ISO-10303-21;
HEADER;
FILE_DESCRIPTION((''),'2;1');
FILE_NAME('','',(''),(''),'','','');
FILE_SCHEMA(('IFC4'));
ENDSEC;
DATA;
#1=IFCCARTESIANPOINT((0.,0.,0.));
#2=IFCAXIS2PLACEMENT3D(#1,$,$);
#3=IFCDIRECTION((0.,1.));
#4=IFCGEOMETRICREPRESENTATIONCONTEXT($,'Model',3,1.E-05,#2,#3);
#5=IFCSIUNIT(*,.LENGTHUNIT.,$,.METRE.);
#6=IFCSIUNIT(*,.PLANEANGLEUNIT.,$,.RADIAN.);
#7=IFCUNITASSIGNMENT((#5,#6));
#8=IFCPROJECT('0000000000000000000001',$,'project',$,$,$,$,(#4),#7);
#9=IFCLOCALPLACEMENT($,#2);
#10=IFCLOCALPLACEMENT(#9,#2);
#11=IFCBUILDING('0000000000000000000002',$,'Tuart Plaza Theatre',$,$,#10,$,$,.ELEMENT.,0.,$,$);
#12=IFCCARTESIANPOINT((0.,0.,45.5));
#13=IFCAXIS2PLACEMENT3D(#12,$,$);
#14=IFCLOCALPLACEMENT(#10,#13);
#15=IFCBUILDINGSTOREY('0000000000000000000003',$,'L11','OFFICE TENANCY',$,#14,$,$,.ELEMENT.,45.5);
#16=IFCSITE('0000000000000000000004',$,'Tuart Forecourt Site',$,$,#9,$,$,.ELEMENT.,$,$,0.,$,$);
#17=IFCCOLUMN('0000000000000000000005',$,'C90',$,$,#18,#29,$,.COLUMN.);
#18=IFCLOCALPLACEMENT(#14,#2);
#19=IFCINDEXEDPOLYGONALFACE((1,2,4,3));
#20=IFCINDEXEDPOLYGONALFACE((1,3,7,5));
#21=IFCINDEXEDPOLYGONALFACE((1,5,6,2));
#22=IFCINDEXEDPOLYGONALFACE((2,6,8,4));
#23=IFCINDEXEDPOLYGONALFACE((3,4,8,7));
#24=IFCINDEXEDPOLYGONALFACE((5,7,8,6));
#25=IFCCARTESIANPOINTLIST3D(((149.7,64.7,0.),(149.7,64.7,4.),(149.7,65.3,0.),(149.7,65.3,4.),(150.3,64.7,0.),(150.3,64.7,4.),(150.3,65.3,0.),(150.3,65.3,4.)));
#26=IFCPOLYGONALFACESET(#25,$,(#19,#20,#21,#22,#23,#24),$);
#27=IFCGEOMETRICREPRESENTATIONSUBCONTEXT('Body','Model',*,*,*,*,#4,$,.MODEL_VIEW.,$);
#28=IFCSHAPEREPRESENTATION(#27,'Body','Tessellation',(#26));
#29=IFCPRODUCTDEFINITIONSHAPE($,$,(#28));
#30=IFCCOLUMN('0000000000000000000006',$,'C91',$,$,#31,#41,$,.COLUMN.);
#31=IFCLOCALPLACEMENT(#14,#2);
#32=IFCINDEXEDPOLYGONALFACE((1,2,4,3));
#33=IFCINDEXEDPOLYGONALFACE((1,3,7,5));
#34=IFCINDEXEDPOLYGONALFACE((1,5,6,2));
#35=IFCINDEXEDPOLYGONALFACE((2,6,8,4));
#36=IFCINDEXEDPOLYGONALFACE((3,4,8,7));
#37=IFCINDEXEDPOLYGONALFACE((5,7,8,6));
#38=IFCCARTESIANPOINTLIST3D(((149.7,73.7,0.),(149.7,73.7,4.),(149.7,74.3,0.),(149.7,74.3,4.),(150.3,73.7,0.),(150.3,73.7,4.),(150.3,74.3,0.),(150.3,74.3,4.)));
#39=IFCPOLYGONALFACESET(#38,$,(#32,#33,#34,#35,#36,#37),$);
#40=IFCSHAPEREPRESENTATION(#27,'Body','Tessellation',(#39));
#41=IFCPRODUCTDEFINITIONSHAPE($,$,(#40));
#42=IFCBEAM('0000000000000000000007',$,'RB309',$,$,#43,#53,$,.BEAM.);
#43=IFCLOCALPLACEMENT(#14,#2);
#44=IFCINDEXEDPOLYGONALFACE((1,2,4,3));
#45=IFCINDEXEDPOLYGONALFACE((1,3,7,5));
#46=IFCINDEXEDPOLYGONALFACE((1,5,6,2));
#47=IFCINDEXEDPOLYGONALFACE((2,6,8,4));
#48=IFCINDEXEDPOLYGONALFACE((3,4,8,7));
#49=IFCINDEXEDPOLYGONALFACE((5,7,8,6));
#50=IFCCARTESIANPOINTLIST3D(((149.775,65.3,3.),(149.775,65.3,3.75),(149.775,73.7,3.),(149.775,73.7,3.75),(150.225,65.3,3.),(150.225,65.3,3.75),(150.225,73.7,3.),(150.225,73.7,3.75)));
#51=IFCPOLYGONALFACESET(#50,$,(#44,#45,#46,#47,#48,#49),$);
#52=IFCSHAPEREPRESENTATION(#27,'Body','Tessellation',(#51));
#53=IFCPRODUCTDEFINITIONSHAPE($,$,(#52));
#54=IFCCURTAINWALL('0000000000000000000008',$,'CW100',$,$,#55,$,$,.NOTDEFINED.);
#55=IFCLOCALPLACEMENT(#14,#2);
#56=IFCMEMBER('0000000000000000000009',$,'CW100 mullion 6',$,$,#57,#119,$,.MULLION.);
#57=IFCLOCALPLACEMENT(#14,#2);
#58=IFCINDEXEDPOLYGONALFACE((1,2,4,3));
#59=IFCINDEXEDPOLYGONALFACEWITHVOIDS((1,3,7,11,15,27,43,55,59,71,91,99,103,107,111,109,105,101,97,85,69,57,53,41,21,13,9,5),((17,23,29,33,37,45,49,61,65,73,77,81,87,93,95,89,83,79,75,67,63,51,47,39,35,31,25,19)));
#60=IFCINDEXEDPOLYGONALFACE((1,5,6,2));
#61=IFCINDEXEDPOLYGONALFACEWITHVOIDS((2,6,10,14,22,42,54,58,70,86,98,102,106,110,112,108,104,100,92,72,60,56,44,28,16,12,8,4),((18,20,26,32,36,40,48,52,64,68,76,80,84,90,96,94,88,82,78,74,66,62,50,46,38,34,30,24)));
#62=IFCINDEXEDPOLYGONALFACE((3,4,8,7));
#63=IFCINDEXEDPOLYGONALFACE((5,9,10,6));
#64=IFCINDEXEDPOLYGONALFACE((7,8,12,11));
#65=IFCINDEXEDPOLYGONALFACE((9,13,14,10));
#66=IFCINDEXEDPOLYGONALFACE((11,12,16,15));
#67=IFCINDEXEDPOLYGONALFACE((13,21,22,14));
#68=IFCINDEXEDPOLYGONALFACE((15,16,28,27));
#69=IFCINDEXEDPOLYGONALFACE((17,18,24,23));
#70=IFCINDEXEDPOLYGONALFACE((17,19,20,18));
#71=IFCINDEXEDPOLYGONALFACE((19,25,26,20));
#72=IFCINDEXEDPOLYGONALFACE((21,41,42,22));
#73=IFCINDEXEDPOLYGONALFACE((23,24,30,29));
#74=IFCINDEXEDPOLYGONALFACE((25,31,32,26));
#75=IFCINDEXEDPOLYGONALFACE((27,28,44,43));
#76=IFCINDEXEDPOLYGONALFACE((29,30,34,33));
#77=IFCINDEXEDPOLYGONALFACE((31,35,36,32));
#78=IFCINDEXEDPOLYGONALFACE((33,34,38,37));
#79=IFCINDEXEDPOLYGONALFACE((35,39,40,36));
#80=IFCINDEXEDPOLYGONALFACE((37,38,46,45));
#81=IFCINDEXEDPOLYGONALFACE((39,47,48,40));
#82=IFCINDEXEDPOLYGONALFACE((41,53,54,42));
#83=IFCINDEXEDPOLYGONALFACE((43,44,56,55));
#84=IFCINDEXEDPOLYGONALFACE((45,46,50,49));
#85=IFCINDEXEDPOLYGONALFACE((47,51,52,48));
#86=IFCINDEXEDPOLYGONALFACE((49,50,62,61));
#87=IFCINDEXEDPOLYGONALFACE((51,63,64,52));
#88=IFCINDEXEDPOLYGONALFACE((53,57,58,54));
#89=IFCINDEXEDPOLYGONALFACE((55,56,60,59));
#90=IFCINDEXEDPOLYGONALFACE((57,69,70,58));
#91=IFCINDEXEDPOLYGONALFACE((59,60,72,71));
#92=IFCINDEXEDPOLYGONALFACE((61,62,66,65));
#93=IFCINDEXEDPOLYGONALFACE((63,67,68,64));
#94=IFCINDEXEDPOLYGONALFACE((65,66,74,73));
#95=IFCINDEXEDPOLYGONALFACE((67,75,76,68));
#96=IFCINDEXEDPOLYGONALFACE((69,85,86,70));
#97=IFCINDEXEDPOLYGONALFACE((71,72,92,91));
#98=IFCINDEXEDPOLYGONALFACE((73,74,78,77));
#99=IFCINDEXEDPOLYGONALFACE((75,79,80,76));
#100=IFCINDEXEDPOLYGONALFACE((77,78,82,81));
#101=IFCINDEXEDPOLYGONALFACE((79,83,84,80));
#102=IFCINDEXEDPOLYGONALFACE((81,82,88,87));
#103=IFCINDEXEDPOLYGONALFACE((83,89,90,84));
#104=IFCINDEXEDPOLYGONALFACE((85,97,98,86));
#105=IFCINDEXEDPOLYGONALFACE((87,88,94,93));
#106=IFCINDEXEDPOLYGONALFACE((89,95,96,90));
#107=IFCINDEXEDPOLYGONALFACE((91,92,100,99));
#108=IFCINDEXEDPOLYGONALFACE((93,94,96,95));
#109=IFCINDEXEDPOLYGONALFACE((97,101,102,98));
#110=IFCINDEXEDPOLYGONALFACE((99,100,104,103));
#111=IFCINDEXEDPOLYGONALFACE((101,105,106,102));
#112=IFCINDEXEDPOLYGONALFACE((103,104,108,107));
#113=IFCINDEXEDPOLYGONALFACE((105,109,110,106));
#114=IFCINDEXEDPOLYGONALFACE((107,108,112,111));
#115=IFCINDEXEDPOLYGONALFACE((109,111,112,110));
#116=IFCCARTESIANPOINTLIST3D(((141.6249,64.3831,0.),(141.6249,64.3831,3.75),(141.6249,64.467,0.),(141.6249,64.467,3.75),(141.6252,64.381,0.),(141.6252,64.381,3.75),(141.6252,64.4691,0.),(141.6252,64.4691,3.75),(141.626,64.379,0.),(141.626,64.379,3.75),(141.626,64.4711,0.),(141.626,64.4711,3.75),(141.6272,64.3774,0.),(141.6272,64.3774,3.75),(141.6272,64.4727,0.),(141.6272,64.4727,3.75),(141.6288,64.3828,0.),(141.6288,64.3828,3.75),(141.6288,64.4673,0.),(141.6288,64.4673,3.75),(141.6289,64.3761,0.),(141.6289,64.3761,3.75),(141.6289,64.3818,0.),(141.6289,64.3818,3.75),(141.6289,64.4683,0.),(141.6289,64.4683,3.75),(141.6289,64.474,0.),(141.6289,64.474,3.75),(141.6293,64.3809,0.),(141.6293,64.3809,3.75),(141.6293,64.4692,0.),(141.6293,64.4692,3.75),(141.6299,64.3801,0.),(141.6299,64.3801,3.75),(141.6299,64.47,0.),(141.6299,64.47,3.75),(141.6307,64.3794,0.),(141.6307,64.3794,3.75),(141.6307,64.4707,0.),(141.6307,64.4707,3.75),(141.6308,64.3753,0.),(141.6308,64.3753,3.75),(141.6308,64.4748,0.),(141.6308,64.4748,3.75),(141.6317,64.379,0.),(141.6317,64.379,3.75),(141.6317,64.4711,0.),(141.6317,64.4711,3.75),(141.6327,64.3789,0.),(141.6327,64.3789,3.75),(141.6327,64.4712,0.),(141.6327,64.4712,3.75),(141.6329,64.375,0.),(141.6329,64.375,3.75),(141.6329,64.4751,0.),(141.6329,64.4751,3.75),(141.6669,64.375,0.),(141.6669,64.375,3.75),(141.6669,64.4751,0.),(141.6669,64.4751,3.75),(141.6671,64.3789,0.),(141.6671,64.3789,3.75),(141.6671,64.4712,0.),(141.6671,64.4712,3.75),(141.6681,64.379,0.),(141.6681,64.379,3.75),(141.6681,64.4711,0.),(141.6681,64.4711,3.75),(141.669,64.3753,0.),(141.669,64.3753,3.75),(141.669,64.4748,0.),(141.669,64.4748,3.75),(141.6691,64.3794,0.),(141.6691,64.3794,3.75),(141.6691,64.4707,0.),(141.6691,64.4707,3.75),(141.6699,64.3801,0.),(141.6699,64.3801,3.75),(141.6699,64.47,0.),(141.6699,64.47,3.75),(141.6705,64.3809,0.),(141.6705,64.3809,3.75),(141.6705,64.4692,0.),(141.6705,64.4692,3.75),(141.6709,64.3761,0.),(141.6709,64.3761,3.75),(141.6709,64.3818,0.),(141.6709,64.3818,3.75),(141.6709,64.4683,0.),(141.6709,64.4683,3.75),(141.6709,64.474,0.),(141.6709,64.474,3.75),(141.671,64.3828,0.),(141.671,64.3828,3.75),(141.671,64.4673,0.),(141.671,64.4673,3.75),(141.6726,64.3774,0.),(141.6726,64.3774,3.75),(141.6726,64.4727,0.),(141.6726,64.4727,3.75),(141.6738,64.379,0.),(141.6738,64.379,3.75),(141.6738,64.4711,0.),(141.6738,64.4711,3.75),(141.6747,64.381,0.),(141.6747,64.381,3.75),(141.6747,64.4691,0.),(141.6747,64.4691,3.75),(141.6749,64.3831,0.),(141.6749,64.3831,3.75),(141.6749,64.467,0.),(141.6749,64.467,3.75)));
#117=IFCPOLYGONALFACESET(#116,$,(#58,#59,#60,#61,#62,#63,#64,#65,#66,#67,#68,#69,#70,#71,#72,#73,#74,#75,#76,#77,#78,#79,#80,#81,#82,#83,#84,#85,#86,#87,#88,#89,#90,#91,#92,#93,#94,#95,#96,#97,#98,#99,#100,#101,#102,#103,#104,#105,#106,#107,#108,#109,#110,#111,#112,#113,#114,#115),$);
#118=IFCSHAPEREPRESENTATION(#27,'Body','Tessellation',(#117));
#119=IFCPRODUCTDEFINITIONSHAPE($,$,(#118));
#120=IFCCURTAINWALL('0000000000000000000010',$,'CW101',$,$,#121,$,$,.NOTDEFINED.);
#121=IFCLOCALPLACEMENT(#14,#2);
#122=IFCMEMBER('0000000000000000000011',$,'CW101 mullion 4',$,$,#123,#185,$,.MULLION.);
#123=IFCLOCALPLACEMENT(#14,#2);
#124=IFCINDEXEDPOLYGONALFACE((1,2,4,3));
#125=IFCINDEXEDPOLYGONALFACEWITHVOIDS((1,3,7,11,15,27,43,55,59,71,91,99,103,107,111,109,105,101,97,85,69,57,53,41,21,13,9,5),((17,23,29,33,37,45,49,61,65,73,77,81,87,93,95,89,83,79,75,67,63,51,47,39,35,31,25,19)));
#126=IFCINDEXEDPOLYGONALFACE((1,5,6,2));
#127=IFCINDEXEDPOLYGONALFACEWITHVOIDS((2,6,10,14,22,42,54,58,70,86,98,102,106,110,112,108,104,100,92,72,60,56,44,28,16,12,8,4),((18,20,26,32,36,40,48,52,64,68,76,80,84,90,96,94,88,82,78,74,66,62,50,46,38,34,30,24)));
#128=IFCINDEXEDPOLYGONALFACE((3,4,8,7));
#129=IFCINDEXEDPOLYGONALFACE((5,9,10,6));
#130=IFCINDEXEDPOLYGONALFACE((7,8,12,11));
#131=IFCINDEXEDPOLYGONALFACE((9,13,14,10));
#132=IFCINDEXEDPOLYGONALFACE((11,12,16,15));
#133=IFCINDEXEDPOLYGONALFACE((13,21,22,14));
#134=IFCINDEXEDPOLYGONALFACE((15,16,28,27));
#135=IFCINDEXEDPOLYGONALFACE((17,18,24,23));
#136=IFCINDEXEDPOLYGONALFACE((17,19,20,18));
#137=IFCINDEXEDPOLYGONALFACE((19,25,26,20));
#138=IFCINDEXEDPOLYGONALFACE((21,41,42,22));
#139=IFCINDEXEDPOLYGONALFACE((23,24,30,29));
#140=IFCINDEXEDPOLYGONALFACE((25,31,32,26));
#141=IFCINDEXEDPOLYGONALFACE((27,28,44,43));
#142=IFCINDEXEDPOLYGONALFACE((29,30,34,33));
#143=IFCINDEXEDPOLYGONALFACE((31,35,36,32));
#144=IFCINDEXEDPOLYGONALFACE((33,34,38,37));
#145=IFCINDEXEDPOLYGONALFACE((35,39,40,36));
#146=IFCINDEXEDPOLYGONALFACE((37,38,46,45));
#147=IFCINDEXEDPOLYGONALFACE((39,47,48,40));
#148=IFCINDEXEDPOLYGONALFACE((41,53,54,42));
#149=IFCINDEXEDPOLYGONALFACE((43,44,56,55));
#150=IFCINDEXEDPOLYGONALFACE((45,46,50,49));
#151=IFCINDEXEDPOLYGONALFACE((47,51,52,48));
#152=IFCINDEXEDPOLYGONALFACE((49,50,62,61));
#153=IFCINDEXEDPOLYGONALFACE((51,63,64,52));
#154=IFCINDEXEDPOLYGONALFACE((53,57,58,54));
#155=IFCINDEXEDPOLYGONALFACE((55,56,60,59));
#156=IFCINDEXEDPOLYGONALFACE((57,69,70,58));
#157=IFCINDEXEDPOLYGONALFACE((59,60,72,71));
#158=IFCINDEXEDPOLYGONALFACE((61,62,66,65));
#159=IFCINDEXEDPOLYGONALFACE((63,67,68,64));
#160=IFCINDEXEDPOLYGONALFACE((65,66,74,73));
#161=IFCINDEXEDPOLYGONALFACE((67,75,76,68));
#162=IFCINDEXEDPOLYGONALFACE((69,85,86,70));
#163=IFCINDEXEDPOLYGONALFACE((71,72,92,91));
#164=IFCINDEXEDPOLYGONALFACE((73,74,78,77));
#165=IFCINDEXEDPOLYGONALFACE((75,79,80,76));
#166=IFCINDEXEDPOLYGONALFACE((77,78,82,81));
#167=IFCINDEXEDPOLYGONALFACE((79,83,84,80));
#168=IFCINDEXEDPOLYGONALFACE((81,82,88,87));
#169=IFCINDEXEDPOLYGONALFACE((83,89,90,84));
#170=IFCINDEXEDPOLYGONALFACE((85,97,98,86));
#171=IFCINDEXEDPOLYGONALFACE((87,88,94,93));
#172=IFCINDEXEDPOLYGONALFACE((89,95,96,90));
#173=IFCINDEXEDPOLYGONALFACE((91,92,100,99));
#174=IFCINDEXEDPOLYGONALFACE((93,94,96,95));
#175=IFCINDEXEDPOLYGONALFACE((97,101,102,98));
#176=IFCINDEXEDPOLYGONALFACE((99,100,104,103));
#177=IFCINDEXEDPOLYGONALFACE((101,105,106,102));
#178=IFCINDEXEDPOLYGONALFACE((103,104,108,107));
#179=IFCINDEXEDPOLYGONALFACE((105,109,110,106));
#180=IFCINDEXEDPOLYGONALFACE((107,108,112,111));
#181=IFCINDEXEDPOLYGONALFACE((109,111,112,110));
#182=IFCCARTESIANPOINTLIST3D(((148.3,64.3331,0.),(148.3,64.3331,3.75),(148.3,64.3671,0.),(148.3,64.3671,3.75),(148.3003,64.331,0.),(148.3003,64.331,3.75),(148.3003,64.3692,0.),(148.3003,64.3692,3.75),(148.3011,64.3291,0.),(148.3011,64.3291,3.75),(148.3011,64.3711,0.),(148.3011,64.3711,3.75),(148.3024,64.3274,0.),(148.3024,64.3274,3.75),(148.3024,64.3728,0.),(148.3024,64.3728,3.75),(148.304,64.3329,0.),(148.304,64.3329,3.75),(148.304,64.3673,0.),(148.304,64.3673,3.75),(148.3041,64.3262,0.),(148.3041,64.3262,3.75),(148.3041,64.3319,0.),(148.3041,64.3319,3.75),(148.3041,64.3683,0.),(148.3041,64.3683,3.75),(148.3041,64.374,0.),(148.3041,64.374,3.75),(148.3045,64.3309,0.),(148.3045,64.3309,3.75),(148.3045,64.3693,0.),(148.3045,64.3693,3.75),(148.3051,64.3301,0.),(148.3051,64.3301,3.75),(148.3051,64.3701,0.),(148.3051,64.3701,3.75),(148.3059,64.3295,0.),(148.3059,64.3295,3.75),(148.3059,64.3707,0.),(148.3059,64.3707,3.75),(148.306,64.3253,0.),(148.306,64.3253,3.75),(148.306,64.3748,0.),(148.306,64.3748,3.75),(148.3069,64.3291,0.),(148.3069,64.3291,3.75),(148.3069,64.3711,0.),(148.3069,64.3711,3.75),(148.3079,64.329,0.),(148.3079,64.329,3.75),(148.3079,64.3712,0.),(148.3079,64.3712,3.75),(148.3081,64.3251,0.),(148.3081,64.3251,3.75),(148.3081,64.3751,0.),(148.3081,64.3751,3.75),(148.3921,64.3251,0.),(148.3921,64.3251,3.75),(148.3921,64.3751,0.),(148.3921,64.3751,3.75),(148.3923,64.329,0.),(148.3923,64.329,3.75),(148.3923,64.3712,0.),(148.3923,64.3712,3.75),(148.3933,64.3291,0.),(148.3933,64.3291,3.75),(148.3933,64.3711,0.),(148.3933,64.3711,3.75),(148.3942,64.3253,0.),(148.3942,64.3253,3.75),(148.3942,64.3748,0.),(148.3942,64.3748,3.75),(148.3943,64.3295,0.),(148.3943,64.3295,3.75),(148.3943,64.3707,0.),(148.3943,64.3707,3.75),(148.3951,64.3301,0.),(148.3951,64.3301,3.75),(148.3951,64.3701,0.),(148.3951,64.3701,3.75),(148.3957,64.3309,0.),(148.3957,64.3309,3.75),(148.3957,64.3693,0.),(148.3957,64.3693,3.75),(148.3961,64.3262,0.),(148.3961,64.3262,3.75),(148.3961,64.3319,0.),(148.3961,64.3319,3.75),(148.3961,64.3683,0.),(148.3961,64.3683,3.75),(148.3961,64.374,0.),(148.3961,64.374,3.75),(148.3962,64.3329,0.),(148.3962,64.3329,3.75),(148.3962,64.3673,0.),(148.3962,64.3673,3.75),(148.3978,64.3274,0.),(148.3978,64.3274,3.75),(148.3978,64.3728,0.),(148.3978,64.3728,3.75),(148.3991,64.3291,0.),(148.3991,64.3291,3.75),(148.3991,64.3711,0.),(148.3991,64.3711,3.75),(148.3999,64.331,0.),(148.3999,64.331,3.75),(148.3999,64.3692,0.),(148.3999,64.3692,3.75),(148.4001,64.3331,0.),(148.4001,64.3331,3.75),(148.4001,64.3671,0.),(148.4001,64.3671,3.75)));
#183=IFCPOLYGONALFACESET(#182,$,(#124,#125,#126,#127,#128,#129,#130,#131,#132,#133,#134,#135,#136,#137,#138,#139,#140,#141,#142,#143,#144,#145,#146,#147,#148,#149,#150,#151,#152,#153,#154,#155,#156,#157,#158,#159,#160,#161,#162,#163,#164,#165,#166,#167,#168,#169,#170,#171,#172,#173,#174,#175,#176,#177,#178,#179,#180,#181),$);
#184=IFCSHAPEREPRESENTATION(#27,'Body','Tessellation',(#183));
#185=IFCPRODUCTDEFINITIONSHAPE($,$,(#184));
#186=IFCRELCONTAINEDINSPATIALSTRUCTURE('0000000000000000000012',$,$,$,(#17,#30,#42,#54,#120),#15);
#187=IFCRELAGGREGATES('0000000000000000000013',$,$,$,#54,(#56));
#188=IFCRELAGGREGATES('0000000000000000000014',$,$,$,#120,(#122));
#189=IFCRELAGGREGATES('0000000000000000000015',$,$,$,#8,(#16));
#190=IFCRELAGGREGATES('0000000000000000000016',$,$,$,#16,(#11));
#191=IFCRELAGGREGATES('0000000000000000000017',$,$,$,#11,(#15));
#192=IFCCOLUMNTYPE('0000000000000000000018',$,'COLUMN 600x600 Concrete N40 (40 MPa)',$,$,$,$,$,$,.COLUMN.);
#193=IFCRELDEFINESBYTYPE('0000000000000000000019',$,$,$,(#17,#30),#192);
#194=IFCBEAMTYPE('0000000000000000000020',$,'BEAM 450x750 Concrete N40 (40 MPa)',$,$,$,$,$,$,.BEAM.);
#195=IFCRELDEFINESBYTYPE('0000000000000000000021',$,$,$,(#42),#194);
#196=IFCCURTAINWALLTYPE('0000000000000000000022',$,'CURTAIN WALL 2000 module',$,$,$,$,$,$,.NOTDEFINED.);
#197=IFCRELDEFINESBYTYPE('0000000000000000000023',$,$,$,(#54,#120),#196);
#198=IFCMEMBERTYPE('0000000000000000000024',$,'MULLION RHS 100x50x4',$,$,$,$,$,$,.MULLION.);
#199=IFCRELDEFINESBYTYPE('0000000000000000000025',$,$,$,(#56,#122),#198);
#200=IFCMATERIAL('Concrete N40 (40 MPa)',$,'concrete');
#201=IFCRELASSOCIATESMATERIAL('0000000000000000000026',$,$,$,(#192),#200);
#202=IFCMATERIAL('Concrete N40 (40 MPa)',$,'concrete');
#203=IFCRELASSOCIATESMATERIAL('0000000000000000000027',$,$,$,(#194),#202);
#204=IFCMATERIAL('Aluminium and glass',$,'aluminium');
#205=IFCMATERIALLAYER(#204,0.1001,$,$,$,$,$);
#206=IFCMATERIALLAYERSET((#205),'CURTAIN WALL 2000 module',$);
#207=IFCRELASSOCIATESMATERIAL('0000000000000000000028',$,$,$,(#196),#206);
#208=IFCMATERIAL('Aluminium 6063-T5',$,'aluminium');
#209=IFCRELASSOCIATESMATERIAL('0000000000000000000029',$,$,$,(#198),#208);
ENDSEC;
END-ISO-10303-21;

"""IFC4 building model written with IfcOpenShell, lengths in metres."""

from ifc_helpers import new_model, si_unit, direction, frame, origin, origin_2d, place, context, subcontext, project, spatial, rectangle, hollow_rectangle, extrude, material, layer, layer_set, material_profile, profile_set, type_object, element, aggregate, save


model = new_model("IFC4")

# Units and contexts
model_context = context("Model", 3, precision=1e-05, world=origin(), true_north=direction((0.0, 1.0)))
body_context = subcontext(model_context, "Body", "Model", "MODEL_VIEW")
ifc_project = project(units=[si_unit("LENGTHUNIT", "METRE"), si_unit("PLANEANGLEUNIT", "RADIAN")], contexts=[model_context])

# Site, building, storey
site_placement = place(None, origin())
site = spatial("IfcSite", under=ifc_project, at=site_placement, Name="Tuart Forecourt Site", CompositionType="ELEMENT", RefElevation=0.0)
building_placement = place(site_placement, origin())
building = spatial("IfcBuilding", under=site, at=building_placement, Name="Tuart Plaza Theatre", CompositionType="ELEMENT", ElevationOfRefHeight=0.0)
storey_placement = place(building_placement, frame((0.0, 0.0, 45.5)))
storey = spatial("IfcBuildingStorey", under=building, at=storey_placement, Name="L11", Description="OFFICE TENANCY", CompositionType="ELEMENT", Elevation=45.5)

# Columns
ifc_material_1 = material(Name="Concrete N40 (40 MPa)", Category="concrete")
ifc_material_profile_1 = material_profile(ifc_material_1, rectangle(XDim=0.6001, YDim=0.6001, at=origin_2d()), Name="COLUMN 600x600 Concrete N40 (40 MPa)")
ifc_profile_set_1 = profile_set([ifc_material_profile_1], Name="Concrete N40 (40 MPa)")
column_type = type_object("IfcColumnType", Name="COLUMN 600x600 Concrete N40 (40 MPa)", PredefinedType="COLUMN", material=ifc_profile_set_1)
for number, where, z_axis, x_axis, name in (
    (1, (150.0, 65.0, 0.0), (0.0, 0.0, 1.0), (1.0, 0.0, 0.0), "C90"),
    (2, (150.0, 74.0, 0.0), (0.0, 0.0, 1.0), (1.0, 0.0, 0.0), "C91"),
):
    element("IfcColumn", number, at=place(storey_placement, frame(where, z_axis=z_axis, x_axis=x_axis)), inside=storey, type_object=column_type, Name=name, PredefinedType="COLUMN", context=body_context, shape_type="SweptSolid", body=[
        extrude(rectangle(XDim=0.6001, YDim=0.6001, at=origin_2d()), origin(), (0.0, 0.0, 1.0), 4.0),
    ])

# Beam
ifc_material_2 = material(Name="Concrete N40 (40 MPa)", Category="concrete")
ifc_material_profile_2 = material_profile(ifc_material_2, rectangle(XDim=0.45, YDim=0.75, at=origin_2d()), Name="BEAM 450x750 Concrete N40 (40 MPa)")
ifc_profile_set_2 = profile_set([ifc_material_profile_2], Name="Concrete N40 (40 MPa)")
beam_type = type_object("IfcBeamType", Name="BEAM 450x750 Concrete N40 (40 MPa)", PredefinedType="BEAM", material=ifc_profile_set_2)
beam_placement = place(storey_placement, frame((150.0, 65.3, 3.375), z_axis=(0.0, 1.0, 0.0), x_axis=(-1.0, 0.0, 0.0)))
element("IfcBeam", 3, at=beam_placement, inside=storey, type_object=beam_type, Name="RB309", PredefinedType="BEAM", context=body_context, shape_type="SweptSolid", body=[
    extrude(rectangle(XDim=0.45, YDim=0.75, at=origin_2d()), origin(), (0.0, 0.0, 1.0), 8.3999),
])

# Curtain wall, member
ifc_material_3 = material(Name="Aluminium and glass", Category="aluminium")
ifc_layer_1 = layer(ifc_material_3, 0.1001)
ifc_layer_set_1 = layer_set([ifc_layer_1], Name="CURTAIN WALL 2000 module")
curtain_wall_type = type_object("IfcCurtainWallType", Name="CURTAIN WALL 2000 module", PredefinedType="NOTDEFINED", material=ifc_layer_set_1)
curtain_wall_1_placement = place(storey_placement, origin())
curtain_wall_1 = element("IfcCurtainWall", 4, at=curtain_wall_1_placement, inside=storey, type_object=curtain_wall_type, Name="CW100", PredefinedType="NOTDEFINED")
ifc_material_4 = material(Name="Aluminium 6063-T5", Category="aluminium")
ifc_material_profile_3 = material_profile(ifc_material_4, hollow_rectangle(XDim=0.05, YDim=0.1001, WallThickness=0.0039, InnerFilletRadius=0.0039, OuterFilletRadius=0.0081, at=origin_2d()), Name="RHS 100x50x4")
ifc_profile_set_3 = profile_set([ifc_material_profile_3], Name="Aluminium 6063-T5")
member_type_1 = type_object("IfcMemberType", Name="MULLION RHS 100x50x4", PredefinedType="MULLION", material=ifc_profile_set_3)
member_1_placement = place(storey_placement, frame((141.6499, 64.425, 0.0), z_axis=(0.0, 0.0, 1.0), x_axis=(-1.0, 0.0, 0.0)))
member_1 = element("IfcMember", 5, at=member_1_placement, type_object=member_type_1, Name="CW100 mullion 6", PredefinedType="MULLION", context=body_context, shape_type="SweptSolid", body=[
    extrude(hollow_rectangle(XDim=0.05, YDim=0.1001, WallThickness=0.0039, InnerFilletRadius=0.0039, OuterFilletRadius=0.0081, at=origin_2d()), origin(), (0.0, 0.0, 1.0), 3.75),
])
aggregate(curtain_wall_1, [member_1])

# Curtain wall, member
curtain_wall_2_placement = place(storey_placement, origin())
curtain_wall_2 = element("IfcCurtainWall", 6, at=curtain_wall_2_placement, inside=storey, type_object=curtain_wall_type, Name="CW101", PredefinedType="NOTDEFINED")
member_2_placement = place(storey_placement, frame((148.3501, 64.3501, 0.0), z_axis=(0.0, 0.0, 1.0), x_axis=(0.0, 1.0, 0.0)))
member_2 = element("IfcMember", 7, at=member_2_placement, type_object=member_type_1, Name="CW101 mullion 4", PredefinedType="MULLION", context=body_context, shape_type="SweptSolid", body=[
    extrude(hollow_rectangle(XDim=0.05, YDim=0.1001, WallThickness=0.0039, InnerFilletRadius=0.0039, OuterFilletRadius=0.0081, at=origin_2d()), origin(), (0.0, 0.0, 1.0), 3.75),
])

aggregate(curtain_wall_2, [member_2])

save(model, "model.ifc")
